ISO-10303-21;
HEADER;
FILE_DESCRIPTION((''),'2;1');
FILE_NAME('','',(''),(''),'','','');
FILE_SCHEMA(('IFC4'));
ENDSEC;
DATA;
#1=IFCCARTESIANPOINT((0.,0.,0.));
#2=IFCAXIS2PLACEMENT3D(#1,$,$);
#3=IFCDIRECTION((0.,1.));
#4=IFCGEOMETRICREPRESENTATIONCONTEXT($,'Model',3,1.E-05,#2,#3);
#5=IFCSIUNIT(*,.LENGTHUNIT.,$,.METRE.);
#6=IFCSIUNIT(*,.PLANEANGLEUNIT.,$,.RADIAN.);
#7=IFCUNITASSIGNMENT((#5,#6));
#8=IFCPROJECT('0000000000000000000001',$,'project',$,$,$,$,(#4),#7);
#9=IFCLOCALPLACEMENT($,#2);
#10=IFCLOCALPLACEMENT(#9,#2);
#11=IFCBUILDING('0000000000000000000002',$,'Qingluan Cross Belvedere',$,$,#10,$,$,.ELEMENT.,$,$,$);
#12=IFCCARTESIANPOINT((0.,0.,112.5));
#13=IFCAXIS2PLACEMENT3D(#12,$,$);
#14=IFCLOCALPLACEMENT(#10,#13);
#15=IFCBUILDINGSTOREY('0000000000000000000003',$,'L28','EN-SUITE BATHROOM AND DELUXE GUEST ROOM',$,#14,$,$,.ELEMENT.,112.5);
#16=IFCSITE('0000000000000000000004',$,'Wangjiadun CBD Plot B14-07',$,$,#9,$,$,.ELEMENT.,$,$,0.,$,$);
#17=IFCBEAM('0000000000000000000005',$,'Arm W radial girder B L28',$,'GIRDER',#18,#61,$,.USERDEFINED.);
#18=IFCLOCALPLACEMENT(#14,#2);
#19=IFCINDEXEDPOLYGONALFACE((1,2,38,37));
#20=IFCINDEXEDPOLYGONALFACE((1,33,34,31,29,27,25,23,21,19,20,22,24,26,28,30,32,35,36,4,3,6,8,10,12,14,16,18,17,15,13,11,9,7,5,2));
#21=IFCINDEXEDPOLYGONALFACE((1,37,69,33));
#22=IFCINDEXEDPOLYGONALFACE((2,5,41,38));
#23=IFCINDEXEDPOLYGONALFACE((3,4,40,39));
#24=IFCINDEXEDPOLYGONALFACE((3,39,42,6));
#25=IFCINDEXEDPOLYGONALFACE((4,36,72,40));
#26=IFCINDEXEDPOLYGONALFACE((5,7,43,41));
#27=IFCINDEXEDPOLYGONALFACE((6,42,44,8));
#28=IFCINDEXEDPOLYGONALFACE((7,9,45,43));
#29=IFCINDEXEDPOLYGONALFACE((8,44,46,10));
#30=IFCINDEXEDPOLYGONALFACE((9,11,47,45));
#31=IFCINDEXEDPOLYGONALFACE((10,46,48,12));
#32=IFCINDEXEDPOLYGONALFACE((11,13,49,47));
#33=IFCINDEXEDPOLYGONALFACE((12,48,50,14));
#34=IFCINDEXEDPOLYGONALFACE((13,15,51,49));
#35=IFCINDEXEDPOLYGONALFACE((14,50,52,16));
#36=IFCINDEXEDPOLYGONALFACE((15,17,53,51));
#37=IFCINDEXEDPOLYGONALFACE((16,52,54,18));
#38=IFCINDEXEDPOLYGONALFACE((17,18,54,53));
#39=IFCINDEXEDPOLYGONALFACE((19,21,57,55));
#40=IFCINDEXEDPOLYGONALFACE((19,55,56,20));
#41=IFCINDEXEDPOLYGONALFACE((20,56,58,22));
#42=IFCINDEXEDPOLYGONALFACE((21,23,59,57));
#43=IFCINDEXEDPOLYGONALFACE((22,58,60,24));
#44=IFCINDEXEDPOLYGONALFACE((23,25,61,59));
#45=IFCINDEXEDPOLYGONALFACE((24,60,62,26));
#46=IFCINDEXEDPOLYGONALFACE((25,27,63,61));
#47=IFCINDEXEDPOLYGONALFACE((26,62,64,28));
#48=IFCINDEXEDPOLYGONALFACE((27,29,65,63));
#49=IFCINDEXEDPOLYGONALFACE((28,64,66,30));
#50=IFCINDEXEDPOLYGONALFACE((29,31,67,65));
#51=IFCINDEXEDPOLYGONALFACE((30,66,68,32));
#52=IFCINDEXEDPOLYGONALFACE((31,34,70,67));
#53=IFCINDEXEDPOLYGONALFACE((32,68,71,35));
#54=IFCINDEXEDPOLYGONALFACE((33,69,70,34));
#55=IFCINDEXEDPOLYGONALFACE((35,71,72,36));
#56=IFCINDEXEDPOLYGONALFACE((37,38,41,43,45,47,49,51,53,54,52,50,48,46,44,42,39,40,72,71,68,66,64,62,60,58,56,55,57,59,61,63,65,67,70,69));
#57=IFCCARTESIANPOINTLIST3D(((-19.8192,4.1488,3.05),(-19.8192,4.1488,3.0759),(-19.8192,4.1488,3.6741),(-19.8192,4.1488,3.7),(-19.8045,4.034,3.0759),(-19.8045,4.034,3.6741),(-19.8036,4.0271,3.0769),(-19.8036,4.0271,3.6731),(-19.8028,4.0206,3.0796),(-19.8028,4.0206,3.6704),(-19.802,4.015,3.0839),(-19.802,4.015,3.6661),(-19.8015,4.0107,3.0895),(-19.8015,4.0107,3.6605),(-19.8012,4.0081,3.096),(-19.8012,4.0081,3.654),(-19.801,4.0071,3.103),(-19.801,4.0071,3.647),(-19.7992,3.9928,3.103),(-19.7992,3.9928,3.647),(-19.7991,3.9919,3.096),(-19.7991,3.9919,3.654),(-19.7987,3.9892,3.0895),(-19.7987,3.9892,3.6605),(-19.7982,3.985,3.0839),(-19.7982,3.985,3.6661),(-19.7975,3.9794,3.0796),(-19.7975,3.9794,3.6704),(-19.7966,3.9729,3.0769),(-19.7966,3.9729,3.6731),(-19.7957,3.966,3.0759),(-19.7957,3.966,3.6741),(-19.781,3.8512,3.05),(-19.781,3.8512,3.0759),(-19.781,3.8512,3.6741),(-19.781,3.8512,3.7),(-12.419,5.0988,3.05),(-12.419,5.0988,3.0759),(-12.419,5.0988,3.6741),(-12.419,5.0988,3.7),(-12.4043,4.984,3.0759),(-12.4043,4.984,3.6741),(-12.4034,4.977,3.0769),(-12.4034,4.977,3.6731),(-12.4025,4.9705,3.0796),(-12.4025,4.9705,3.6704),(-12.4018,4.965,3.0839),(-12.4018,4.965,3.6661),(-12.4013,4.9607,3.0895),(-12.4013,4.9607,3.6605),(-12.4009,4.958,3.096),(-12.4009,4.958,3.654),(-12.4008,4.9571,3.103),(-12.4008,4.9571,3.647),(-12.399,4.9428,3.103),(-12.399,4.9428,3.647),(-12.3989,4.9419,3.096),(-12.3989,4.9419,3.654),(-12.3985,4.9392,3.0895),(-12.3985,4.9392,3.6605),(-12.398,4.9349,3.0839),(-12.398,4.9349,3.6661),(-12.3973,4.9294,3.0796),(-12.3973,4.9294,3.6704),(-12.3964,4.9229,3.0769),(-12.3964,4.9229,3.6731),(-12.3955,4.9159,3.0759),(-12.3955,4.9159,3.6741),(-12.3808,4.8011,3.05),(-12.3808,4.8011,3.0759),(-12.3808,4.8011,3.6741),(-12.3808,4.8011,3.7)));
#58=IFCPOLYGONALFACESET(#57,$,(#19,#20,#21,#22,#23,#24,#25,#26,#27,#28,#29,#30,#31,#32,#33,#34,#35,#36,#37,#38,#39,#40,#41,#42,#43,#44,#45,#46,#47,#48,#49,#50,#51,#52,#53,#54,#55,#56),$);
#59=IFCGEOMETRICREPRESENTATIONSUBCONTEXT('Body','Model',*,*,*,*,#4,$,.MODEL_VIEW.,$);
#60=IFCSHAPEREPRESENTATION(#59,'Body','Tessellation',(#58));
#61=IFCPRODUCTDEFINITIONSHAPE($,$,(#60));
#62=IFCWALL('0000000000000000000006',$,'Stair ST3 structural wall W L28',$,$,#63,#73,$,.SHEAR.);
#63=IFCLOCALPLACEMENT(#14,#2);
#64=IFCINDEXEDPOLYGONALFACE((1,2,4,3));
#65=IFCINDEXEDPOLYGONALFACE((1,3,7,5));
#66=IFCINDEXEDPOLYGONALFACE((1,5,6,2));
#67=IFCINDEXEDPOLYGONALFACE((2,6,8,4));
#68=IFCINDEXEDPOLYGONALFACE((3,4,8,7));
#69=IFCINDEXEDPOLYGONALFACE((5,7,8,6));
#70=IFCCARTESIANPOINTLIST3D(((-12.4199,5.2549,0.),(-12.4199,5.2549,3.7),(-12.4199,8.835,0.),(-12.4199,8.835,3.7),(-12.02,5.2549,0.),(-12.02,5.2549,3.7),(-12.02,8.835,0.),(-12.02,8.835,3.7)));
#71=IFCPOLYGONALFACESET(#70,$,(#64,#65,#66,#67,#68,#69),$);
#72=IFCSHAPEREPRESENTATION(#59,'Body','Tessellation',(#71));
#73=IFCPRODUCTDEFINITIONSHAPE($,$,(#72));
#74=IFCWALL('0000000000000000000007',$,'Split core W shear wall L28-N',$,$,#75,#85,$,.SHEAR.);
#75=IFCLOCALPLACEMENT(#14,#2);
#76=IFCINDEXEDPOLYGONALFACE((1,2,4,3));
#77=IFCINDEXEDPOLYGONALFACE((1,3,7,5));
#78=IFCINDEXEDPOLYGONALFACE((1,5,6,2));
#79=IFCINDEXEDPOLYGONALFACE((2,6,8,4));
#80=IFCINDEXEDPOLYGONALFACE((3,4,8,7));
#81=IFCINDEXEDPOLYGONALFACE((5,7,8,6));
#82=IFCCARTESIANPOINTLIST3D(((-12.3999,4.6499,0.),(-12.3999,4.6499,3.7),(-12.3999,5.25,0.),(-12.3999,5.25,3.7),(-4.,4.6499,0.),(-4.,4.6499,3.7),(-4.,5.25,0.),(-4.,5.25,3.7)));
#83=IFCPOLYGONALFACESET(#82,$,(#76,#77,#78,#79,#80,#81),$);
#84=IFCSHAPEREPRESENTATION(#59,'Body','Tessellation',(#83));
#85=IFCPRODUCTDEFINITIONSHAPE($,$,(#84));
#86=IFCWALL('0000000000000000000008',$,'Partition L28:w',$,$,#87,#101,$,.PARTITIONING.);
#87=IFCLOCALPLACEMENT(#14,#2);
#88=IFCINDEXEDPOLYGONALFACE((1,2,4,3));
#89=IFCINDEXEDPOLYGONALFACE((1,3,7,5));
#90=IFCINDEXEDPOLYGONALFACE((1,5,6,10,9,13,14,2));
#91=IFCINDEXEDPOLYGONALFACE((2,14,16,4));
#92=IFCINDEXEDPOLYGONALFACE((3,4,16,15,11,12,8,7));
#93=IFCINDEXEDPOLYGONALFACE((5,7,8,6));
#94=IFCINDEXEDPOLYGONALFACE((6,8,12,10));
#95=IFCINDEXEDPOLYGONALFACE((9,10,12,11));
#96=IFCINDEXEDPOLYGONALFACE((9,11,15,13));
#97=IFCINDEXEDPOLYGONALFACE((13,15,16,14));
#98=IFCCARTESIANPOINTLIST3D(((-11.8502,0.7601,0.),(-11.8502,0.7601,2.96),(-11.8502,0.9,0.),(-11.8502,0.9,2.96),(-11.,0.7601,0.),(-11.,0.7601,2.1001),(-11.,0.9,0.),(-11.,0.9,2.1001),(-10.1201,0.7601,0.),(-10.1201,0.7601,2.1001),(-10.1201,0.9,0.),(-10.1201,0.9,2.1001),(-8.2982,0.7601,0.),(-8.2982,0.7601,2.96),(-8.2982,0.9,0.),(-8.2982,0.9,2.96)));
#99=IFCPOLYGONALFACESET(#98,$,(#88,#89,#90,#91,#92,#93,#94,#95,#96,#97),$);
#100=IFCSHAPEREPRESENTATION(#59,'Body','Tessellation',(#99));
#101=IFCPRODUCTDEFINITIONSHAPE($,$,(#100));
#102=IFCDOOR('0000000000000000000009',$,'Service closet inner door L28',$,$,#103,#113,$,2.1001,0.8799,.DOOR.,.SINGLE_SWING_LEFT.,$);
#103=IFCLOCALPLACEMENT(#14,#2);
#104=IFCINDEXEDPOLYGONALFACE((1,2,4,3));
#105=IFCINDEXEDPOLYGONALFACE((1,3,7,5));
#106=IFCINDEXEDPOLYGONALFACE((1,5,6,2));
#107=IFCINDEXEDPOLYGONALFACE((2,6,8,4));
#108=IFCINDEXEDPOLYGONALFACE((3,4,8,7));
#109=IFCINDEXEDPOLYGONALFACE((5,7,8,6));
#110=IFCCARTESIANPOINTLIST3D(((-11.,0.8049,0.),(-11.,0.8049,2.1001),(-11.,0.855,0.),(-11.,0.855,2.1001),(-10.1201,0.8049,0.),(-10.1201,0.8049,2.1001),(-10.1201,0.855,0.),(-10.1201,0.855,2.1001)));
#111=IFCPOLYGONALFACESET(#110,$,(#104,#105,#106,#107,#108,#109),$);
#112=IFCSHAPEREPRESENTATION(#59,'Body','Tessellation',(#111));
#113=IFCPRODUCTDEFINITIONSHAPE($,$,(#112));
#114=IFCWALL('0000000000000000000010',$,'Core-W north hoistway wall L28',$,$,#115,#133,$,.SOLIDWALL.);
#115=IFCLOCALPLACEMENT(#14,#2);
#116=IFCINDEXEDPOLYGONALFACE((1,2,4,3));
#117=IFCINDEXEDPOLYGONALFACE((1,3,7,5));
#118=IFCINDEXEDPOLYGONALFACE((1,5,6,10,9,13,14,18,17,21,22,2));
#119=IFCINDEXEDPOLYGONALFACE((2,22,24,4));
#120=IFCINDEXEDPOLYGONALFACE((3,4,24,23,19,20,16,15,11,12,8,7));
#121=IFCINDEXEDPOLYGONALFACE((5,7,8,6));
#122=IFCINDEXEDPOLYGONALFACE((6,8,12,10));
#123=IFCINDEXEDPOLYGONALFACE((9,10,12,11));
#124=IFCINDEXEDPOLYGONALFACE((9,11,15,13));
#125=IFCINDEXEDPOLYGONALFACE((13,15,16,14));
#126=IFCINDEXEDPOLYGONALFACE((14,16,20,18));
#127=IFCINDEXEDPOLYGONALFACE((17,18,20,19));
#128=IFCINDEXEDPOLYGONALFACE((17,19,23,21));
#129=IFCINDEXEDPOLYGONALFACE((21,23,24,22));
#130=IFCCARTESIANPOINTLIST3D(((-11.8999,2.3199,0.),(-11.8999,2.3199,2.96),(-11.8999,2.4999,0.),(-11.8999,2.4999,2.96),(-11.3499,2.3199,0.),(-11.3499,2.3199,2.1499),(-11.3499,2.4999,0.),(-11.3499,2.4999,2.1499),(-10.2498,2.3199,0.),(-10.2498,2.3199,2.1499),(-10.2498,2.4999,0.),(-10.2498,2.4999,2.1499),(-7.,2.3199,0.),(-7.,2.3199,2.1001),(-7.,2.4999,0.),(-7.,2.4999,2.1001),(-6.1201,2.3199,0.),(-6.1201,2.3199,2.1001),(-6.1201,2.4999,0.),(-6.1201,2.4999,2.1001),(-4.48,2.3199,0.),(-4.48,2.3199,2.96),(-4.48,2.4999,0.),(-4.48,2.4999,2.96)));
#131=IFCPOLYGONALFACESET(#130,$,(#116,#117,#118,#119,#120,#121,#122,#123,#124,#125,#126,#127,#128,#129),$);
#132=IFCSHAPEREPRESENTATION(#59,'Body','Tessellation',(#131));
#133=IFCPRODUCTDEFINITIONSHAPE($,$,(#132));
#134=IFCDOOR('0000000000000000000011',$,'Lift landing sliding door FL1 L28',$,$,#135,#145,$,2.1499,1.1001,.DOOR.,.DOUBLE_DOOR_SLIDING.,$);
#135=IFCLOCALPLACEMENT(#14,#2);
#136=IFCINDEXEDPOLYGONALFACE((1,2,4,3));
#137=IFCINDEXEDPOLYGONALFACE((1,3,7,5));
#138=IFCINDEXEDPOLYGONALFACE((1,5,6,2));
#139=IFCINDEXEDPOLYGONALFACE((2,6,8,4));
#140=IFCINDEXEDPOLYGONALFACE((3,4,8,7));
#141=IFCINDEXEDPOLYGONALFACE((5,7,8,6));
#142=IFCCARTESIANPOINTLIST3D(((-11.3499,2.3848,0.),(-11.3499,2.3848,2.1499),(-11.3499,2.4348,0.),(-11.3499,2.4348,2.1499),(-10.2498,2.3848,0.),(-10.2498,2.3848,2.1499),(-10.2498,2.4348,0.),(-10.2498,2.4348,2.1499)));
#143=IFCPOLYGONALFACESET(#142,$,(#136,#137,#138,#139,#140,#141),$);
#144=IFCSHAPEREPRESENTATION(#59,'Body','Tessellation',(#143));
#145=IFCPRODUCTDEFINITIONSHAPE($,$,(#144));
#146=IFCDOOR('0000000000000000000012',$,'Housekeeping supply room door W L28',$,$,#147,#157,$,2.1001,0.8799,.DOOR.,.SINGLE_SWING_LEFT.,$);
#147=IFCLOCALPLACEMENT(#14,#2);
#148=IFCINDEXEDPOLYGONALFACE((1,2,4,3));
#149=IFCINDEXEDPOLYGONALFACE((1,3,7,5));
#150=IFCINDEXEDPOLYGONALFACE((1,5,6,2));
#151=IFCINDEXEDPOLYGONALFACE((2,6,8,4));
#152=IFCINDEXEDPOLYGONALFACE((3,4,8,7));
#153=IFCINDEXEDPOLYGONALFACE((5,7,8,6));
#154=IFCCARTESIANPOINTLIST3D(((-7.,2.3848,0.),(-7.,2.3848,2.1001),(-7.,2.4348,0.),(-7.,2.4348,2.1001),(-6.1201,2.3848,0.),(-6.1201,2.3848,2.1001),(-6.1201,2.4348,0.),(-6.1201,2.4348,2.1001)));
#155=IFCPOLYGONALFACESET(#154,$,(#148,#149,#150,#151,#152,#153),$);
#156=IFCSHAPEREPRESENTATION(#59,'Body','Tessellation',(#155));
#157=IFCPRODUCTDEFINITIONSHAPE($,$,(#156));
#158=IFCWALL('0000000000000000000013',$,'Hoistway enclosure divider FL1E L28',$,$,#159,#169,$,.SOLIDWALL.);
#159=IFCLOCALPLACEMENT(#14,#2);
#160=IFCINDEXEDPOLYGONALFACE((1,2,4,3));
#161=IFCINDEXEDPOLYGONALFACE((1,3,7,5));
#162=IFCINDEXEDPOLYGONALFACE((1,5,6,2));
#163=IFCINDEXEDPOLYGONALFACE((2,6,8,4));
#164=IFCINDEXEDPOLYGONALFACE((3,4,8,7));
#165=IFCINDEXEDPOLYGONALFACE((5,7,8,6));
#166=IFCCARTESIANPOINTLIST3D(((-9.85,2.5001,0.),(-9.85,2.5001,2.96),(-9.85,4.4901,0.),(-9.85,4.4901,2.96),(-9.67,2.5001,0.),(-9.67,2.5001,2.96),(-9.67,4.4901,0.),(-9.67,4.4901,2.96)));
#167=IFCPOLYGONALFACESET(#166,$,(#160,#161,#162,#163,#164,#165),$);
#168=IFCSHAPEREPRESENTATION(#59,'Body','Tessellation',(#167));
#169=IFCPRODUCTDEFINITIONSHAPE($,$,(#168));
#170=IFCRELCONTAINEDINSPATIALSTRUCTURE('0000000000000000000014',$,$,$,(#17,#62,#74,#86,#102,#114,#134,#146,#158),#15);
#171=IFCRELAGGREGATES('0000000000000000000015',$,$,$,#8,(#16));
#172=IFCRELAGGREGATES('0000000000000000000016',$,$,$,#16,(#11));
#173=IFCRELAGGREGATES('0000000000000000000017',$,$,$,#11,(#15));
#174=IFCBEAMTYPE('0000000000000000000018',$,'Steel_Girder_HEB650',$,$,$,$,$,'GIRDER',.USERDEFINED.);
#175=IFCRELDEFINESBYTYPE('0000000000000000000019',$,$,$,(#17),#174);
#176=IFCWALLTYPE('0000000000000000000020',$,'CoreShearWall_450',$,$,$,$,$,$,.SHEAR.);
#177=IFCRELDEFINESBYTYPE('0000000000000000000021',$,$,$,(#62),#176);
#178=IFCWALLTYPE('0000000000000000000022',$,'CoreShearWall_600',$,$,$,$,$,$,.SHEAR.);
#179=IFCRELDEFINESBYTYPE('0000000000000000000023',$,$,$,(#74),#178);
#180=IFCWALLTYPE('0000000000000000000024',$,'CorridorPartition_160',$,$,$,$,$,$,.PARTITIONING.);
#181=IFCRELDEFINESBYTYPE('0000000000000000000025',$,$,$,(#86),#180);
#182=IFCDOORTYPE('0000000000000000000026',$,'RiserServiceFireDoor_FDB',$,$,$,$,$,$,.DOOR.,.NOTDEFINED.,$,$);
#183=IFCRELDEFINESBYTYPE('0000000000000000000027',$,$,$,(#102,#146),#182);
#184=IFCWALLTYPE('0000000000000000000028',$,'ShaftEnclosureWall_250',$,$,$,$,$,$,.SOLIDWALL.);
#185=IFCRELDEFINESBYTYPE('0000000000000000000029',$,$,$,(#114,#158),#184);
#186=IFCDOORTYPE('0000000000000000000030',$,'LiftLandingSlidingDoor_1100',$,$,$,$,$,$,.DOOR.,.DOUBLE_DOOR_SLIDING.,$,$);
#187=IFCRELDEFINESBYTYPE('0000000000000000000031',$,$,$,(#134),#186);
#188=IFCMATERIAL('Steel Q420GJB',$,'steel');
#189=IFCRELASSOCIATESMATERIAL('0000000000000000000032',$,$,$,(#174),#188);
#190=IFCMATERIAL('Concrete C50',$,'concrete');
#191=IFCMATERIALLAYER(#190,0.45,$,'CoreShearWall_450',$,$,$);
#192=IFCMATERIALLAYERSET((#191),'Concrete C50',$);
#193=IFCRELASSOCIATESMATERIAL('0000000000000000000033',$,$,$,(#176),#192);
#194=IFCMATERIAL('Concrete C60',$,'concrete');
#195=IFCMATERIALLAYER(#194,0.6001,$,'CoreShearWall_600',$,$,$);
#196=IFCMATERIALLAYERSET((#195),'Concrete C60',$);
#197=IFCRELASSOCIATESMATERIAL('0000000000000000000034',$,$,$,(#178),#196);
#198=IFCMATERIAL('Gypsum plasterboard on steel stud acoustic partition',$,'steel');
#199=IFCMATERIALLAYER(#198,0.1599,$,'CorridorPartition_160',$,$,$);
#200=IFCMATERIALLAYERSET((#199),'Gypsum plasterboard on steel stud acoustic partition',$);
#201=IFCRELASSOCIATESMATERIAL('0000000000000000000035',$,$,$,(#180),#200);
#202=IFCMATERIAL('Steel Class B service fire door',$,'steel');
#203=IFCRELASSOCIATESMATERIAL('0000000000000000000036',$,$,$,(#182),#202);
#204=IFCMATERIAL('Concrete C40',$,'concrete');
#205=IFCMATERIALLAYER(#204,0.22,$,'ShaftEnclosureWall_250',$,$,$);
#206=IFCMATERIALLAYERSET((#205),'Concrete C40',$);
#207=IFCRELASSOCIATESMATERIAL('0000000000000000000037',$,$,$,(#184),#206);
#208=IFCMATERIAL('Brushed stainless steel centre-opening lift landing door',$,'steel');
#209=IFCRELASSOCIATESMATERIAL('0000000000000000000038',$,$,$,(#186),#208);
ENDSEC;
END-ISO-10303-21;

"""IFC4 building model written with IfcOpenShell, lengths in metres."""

from ifc_helpers import new_model, si_unit, direction, frame, frame_2d, origin, origin_2d, place, context, subcontext, project, spatial, rectangle, i_section, extrude, material, layer, layer_set, material_profile, profile_set, type_object, element, fill, save


model = new_model("IFC4")

# Units and contexts
model_context = context("Model", 3, precision=1e-05, world=origin(), true_north=direction((0.0, 1.0)))
body_context = subcontext(model_context, "Body", "Model", "MODEL_VIEW")
ifc_project = project(units=[si_unit("LENGTHUNIT", "METRE"), si_unit("PLANEANGLEUNIT", "RADIAN")], contexts=[model_context])

# Site, building, storey
site_placement = place(None, origin())
site = spatial("IfcSite", under=ifc_project, at=site_placement, Name="Wangjiadun CBD Plot B14-07", CompositionType="ELEMENT", RefElevation=0.0)
building_placement = place(site_placement, origin())
building = spatial("IfcBuilding", under=site, at=building_placement, Name="Qingluan Cross Belvedere", CompositionType="ELEMENT")
storey_placement = place(building_placement, frame((0.0, 0.0, 112.5)))
storey = spatial("IfcBuildingStorey", under=building, at=storey_placement, Name="L28", Description="EN-SUITE BATHROOM AND DELUXE GUEST ROOM", CompositionType="ELEMENT", Elevation=112.5)

# Beam
ifc_material_1 = material(Name="Steel Q420GJB", Category="steel")
ifc_material_profile_1 = material_profile(ifc_material_1, i_section(OverallWidth=0.3, OverallDepth=0.6499, WebThickness=0.0144, FlangeThickness=0.0259, FilletRadius=0.0271, at=origin_2d()), Name="HEB650")
ifc_profile_set_1 = profile_set([ifc_material_profile_1], Name="Steel Q420GJB")
beam_type_1 = type_object("IfcBeamType", Name="Steel_Girder_HEB650", ElementType="GIRDER", PredefinedType="USERDEFINED", material=ifc_profile_set_1)
beam_1_placement = place(storey_placement, frame((-12.3999, 4.95, 3.375), z_axis=(-0.991861, -0.127324, 0.0), x_axis=(0.127324, -0.991861, 0.0)))
element("IfcBeam", 1, at=beam_1_placement, inside=storey, type_object=beam_type_1, Name="Arm W radial girder B L28", ObjectType="GIRDER", PredefinedType="USERDEFINED", context=body_context, shape_type="SweptSolid", body=[
    extrude(i_section(OverallWidth=0.3, OverallDepth=0.6499, WebThickness=0.0144, FlangeThickness=0.0259, FilletRadius=0.0271, at=origin_2d()), origin(), (0.0, 0.0, 1.0), 7.4609),
])

# Wall
ifc_material_2 = material(Name="Concrete C50", Category="concrete")
ifc_layer_1 = layer(ifc_material_2, 0.45, Name="CoreShearWall_450")
ifc_layer_set_1 = layer_set([ifc_layer_1], Name="Concrete C50")
wall_type_1 = type_object("IfcWallType", Name="CoreShearWall_450", PredefinedType="SHEAR", material=ifc_layer_set_1)
wall_1_placement = place(storey_placement, frame((-12.22, 5.2549, 0.0), z_axis=(0.0, 0.0, 1.0), x_axis=(0.0, 1.0, 0.0)))
element("IfcWall", 2, at=wall_1_placement, inside=storey, type_object=wall_type_1, Name="Stair ST3 structural wall W L28", PredefinedType="SHEAR", context=body_context, shape_type="SweptSolid", body=[
    extrude(rectangle(XDim=3.5801, YDim=0.3999, at=frame_2d((1.79, 0.0))), origin(), (0.0, 0.0, 1.0), 3.7),
])

# Wall
ifc_material_3 = material(Name="Concrete C60", Category="concrete")
ifc_layer_2 = layer(ifc_material_3, 0.6001, Name="CoreShearWall_600")
ifc_layer_set_2 = layer_set([ifc_layer_2], Name="Concrete C60")
wall_type_2 = type_object("IfcWallType", Name="CoreShearWall_600", PredefinedType="SHEAR", material=ifc_layer_set_2)
wall_2_placement = place(storey_placement, frame((-12.3999, 4.95, 0.0), z_axis=(0.0, 0.0, 1.0), x_axis=(1.0, 0.0, 0.0)))
element("IfcWall", 3, at=wall_2_placement, inside=storey, type_object=wall_type_2, Name="Split core W shear wall L28-N", PredefinedType="SHEAR", context=body_context, shape_type="SweptSolid", body=[
    extrude(rectangle(XDim=8.3999, YDim=0.6001, at=frame_2d((4.2, 0.0))), origin(), (0.0, 0.0, 1.0), 3.7),
])

# Wall, opening, door
ifc_material_4 = material(Name="Gypsum plasterboard on steel stud acoustic partition", Category="steel")
ifc_layer_3 = layer(ifc_material_4, 0.1599, Name="CorridorPartition_160")
ifc_layer_set_3 = layer_set([ifc_layer_3], Name="Gypsum plasterboard on steel stud acoustic partition")
wall_type_3 = type_object("IfcWallType", Name="CorridorPartition_160", PredefinedType="PARTITIONING", material=ifc_layer_set_3)
wall_3_placement = place(storey_placement, frame((-11.8501, 0.8301, 0.0), z_axis=(0.0, 0.0, 1.0), x_axis=(1.0, 0.0, 0.0)))
wall_3 = element("IfcWall", 4, at=wall_3_placement, inside=storey, type_object=wall_type_3, Name="Partition L28:w", PredefinedType="PARTITIONING", context=body_context, shape_type="SweptSolid", body=[
    extrude(rectangle(XDim=3.552, YDim=0.1399, at=frame_2d((1.7759, 0.0))), origin(), (0.0, 0.0, 1.0), 2.96),
])
opening_1_placement = place(wall_3_placement, frame((0.8501, 0.0, 0.0)))
opening_1 = element("IfcOpeningElement", 5, at=opening_1_placement, cuts=wall_3, PredefinedType="OPENING", context=body_context, shape_type="SweptSolid", body=[
    extrude(rectangle(XDim=0.8799, YDim=2.1001, at=frame_2d((0.4399, 1.05))), frame((0.0, 0.0798, 0.0), z_axis=(0.0, -1.0, 0.0), x_axis=(1.0, 0.0, 0.0)), (0.0, 0.0, 1.0), 0.1599),
])
ifc_material_5 = material(Name="Steel Class B service fire door", Category="steel")
door_type_1 = type_object("IfcDoorType", Name="RiserServiceFireDoor_FDB", OperationType="NOTDEFINED", PredefinedType="DOOR", material=ifc_material_5)
door_1_placement = place(opening_1_placement, origin())
door_1 = element("IfcDoor", 6, at=door_1_placement, inside=storey, type_object=door_type_1, Name="Service closet inner door L28", OperationType="SINGLE_SWING_LEFT", OverallHeight=2.1001, OverallWidth=0.8799, PredefinedType="DOOR", context=body_context, shape_type="SweptSolid", body=[
    extrude(rectangle(XDim=0.8799, YDim=2.1001, at=frame_2d((0.4399, 1.05))), frame((0.0, 0.0249, 0.0), z_axis=(0.0, -1.0, 0.0), x_axis=(1.0, 0.0, 0.0)), (0.0, 0.0, 1.0), 0.05),
])
fill(opening_1, door_1)

# Wall, openings, doors
ifc_material_6 = material(Name="Concrete C40", Category="concrete")
ifc_layer_4 = layer(ifc_material_6, 0.22, Name="ShaftEnclosureWall_250")
ifc_layer_set_4 = layer_set([ifc_layer_4], Name="Concrete C40")
wall_type_4 = type_object("IfcWallType", Name="ShaftEnclosureWall_250", PredefinedType="SOLIDWALL", material=ifc_layer_set_4)
wall_4_placement = place(storey_placement, frame((-11.8999, 2.4099, 0.0), z_axis=(0.0, 0.0, 1.0), x_axis=(1.0, 0.0, 0.0)))
wall_4 = element("IfcWall", 7, at=wall_4_placement, inside=storey, type_object=wall_type_4, Name="Core-W north hoistway wall L28", PredefinedType="SOLIDWALL", context=body_context, shape_type="SweptSolid", body=[
    extrude(rectangle(XDim=7.4199, YDim=0.1799, at=frame_2d((3.71, 0.0))), origin(), (0.0, 0.0, 1.0), 2.96),
])
opening_2_placement = place(wall_4_placement, frame((0.55, 0.0, 0.0)))
opening_2 = element("IfcOpeningElement", 8, at=opening_2_placement, cuts=wall_4, PredefinedType="OPENING", context=body_context, shape_type="SweptSolid", body=[
    extrude(rectangle(XDim=1.1001, YDim=2.1499, at=frame_2d((0.55, 1.075))), frame((0.0, 0.0999, 0.0), z_axis=(0.0, -1.0, 0.0), x_axis=(1.0, 0.0, 0.0)), (0.0, 0.0, 1.0), 0.2),
])
opening_3_placement = place(wall_4_placement, frame((4.8999, 0.0, 0.0)))
opening_3 = element("IfcOpeningElement", 9, at=opening_3_placement, cuts=wall_4, PredefinedType="OPENING", context=body_context, shape_type="SweptSolid", body=[
    extrude(rectangle(XDim=0.8799, YDim=2.1001, at=frame_2d((0.4399, 1.05))), frame((0.0, 0.0999, 0.0), z_axis=(0.0, -1.0, 0.0), x_axis=(1.0, 0.0, 0.0)), (0.0, 0.0, 1.0), 0.2),
])
ifc_material_7 = material(Name="Brushed stainless steel centre-opening lift landing door", Category="steel")
door_type_2 = type_object("IfcDoorType", Name="LiftLandingSlidingDoor_1100", OperationType="DOUBLE_DOOR_SLIDING", PredefinedType="DOOR", material=ifc_material_7)
door_2_placement = place(opening_2_placement, origin())
door_2 = element("IfcDoor", 10, at=door_2_placement, inside=storey, type_object=door_type_2, Name="Lift landing sliding door FL1 L28", OperationType="DOUBLE_DOOR_SLIDING", OverallHeight=2.1499, OverallWidth=1.1001, PredefinedType="DOOR", context=body_context, shape_type="SweptSolid", body=[
    extrude(rectangle(XDim=1.1001, YDim=2.1499, at=frame_2d((0.55, 1.075))), frame((0.0, 0.0249, 0.0), z_axis=(0.0, -1.0, 0.0), x_axis=(1.0, 0.0, 0.0)), (0.0, 0.0, 1.0), 0.05),
])
fill(opening_2, door_2)
door_3_placement = place(opening_3_placement, origin())
door_3 = element("IfcDoor", 11, at=door_3_placement, inside=storey, type_object=door_type_1, Name="Housekeeping supply room door W L28", OperationType="SINGLE_SWING_LEFT", OverallHeight=2.1001, OverallWidth=0.8799, PredefinedType="DOOR", context=body_context, shape_type="SweptSolid", body=[
    extrude(rectangle(XDim=0.8799, YDim=2.1001, at=frame_2d((0.4399, 1.05))), frame((0.0, 0.0249, 0.0), z_axis=(0.0, -1.0, 0.0), x_axis=(1.0, 0.0, 0.0)), (0.0, 0.0, 1.0), 0.05),
])
fill(opening_3, door_3)

# Wall
wall_5_placement = place(storey_placement, frame((-9.76, 2.5, 0.0), z_axis=(0.0, 0.0, 1.0), x_axis=(0.0, 1.0, 0.0)))
element("IfcWall", 12, at=wall_5_placement, inside=storey, type_object=wall_type_4, Name="Hoistway enclosure divider FL1E L28", PredefinedType="SOLIDWALL", context=body_context, shape_type="SweptSolid", body=[
    extrude(rectangle(XDim=1.99, YDim=0.1799, at=frame_2d((0.9951, 0.0))), origin(), (0.0, 0.0, 1.0), 2.96),
])

save(model, "model.ifc")
